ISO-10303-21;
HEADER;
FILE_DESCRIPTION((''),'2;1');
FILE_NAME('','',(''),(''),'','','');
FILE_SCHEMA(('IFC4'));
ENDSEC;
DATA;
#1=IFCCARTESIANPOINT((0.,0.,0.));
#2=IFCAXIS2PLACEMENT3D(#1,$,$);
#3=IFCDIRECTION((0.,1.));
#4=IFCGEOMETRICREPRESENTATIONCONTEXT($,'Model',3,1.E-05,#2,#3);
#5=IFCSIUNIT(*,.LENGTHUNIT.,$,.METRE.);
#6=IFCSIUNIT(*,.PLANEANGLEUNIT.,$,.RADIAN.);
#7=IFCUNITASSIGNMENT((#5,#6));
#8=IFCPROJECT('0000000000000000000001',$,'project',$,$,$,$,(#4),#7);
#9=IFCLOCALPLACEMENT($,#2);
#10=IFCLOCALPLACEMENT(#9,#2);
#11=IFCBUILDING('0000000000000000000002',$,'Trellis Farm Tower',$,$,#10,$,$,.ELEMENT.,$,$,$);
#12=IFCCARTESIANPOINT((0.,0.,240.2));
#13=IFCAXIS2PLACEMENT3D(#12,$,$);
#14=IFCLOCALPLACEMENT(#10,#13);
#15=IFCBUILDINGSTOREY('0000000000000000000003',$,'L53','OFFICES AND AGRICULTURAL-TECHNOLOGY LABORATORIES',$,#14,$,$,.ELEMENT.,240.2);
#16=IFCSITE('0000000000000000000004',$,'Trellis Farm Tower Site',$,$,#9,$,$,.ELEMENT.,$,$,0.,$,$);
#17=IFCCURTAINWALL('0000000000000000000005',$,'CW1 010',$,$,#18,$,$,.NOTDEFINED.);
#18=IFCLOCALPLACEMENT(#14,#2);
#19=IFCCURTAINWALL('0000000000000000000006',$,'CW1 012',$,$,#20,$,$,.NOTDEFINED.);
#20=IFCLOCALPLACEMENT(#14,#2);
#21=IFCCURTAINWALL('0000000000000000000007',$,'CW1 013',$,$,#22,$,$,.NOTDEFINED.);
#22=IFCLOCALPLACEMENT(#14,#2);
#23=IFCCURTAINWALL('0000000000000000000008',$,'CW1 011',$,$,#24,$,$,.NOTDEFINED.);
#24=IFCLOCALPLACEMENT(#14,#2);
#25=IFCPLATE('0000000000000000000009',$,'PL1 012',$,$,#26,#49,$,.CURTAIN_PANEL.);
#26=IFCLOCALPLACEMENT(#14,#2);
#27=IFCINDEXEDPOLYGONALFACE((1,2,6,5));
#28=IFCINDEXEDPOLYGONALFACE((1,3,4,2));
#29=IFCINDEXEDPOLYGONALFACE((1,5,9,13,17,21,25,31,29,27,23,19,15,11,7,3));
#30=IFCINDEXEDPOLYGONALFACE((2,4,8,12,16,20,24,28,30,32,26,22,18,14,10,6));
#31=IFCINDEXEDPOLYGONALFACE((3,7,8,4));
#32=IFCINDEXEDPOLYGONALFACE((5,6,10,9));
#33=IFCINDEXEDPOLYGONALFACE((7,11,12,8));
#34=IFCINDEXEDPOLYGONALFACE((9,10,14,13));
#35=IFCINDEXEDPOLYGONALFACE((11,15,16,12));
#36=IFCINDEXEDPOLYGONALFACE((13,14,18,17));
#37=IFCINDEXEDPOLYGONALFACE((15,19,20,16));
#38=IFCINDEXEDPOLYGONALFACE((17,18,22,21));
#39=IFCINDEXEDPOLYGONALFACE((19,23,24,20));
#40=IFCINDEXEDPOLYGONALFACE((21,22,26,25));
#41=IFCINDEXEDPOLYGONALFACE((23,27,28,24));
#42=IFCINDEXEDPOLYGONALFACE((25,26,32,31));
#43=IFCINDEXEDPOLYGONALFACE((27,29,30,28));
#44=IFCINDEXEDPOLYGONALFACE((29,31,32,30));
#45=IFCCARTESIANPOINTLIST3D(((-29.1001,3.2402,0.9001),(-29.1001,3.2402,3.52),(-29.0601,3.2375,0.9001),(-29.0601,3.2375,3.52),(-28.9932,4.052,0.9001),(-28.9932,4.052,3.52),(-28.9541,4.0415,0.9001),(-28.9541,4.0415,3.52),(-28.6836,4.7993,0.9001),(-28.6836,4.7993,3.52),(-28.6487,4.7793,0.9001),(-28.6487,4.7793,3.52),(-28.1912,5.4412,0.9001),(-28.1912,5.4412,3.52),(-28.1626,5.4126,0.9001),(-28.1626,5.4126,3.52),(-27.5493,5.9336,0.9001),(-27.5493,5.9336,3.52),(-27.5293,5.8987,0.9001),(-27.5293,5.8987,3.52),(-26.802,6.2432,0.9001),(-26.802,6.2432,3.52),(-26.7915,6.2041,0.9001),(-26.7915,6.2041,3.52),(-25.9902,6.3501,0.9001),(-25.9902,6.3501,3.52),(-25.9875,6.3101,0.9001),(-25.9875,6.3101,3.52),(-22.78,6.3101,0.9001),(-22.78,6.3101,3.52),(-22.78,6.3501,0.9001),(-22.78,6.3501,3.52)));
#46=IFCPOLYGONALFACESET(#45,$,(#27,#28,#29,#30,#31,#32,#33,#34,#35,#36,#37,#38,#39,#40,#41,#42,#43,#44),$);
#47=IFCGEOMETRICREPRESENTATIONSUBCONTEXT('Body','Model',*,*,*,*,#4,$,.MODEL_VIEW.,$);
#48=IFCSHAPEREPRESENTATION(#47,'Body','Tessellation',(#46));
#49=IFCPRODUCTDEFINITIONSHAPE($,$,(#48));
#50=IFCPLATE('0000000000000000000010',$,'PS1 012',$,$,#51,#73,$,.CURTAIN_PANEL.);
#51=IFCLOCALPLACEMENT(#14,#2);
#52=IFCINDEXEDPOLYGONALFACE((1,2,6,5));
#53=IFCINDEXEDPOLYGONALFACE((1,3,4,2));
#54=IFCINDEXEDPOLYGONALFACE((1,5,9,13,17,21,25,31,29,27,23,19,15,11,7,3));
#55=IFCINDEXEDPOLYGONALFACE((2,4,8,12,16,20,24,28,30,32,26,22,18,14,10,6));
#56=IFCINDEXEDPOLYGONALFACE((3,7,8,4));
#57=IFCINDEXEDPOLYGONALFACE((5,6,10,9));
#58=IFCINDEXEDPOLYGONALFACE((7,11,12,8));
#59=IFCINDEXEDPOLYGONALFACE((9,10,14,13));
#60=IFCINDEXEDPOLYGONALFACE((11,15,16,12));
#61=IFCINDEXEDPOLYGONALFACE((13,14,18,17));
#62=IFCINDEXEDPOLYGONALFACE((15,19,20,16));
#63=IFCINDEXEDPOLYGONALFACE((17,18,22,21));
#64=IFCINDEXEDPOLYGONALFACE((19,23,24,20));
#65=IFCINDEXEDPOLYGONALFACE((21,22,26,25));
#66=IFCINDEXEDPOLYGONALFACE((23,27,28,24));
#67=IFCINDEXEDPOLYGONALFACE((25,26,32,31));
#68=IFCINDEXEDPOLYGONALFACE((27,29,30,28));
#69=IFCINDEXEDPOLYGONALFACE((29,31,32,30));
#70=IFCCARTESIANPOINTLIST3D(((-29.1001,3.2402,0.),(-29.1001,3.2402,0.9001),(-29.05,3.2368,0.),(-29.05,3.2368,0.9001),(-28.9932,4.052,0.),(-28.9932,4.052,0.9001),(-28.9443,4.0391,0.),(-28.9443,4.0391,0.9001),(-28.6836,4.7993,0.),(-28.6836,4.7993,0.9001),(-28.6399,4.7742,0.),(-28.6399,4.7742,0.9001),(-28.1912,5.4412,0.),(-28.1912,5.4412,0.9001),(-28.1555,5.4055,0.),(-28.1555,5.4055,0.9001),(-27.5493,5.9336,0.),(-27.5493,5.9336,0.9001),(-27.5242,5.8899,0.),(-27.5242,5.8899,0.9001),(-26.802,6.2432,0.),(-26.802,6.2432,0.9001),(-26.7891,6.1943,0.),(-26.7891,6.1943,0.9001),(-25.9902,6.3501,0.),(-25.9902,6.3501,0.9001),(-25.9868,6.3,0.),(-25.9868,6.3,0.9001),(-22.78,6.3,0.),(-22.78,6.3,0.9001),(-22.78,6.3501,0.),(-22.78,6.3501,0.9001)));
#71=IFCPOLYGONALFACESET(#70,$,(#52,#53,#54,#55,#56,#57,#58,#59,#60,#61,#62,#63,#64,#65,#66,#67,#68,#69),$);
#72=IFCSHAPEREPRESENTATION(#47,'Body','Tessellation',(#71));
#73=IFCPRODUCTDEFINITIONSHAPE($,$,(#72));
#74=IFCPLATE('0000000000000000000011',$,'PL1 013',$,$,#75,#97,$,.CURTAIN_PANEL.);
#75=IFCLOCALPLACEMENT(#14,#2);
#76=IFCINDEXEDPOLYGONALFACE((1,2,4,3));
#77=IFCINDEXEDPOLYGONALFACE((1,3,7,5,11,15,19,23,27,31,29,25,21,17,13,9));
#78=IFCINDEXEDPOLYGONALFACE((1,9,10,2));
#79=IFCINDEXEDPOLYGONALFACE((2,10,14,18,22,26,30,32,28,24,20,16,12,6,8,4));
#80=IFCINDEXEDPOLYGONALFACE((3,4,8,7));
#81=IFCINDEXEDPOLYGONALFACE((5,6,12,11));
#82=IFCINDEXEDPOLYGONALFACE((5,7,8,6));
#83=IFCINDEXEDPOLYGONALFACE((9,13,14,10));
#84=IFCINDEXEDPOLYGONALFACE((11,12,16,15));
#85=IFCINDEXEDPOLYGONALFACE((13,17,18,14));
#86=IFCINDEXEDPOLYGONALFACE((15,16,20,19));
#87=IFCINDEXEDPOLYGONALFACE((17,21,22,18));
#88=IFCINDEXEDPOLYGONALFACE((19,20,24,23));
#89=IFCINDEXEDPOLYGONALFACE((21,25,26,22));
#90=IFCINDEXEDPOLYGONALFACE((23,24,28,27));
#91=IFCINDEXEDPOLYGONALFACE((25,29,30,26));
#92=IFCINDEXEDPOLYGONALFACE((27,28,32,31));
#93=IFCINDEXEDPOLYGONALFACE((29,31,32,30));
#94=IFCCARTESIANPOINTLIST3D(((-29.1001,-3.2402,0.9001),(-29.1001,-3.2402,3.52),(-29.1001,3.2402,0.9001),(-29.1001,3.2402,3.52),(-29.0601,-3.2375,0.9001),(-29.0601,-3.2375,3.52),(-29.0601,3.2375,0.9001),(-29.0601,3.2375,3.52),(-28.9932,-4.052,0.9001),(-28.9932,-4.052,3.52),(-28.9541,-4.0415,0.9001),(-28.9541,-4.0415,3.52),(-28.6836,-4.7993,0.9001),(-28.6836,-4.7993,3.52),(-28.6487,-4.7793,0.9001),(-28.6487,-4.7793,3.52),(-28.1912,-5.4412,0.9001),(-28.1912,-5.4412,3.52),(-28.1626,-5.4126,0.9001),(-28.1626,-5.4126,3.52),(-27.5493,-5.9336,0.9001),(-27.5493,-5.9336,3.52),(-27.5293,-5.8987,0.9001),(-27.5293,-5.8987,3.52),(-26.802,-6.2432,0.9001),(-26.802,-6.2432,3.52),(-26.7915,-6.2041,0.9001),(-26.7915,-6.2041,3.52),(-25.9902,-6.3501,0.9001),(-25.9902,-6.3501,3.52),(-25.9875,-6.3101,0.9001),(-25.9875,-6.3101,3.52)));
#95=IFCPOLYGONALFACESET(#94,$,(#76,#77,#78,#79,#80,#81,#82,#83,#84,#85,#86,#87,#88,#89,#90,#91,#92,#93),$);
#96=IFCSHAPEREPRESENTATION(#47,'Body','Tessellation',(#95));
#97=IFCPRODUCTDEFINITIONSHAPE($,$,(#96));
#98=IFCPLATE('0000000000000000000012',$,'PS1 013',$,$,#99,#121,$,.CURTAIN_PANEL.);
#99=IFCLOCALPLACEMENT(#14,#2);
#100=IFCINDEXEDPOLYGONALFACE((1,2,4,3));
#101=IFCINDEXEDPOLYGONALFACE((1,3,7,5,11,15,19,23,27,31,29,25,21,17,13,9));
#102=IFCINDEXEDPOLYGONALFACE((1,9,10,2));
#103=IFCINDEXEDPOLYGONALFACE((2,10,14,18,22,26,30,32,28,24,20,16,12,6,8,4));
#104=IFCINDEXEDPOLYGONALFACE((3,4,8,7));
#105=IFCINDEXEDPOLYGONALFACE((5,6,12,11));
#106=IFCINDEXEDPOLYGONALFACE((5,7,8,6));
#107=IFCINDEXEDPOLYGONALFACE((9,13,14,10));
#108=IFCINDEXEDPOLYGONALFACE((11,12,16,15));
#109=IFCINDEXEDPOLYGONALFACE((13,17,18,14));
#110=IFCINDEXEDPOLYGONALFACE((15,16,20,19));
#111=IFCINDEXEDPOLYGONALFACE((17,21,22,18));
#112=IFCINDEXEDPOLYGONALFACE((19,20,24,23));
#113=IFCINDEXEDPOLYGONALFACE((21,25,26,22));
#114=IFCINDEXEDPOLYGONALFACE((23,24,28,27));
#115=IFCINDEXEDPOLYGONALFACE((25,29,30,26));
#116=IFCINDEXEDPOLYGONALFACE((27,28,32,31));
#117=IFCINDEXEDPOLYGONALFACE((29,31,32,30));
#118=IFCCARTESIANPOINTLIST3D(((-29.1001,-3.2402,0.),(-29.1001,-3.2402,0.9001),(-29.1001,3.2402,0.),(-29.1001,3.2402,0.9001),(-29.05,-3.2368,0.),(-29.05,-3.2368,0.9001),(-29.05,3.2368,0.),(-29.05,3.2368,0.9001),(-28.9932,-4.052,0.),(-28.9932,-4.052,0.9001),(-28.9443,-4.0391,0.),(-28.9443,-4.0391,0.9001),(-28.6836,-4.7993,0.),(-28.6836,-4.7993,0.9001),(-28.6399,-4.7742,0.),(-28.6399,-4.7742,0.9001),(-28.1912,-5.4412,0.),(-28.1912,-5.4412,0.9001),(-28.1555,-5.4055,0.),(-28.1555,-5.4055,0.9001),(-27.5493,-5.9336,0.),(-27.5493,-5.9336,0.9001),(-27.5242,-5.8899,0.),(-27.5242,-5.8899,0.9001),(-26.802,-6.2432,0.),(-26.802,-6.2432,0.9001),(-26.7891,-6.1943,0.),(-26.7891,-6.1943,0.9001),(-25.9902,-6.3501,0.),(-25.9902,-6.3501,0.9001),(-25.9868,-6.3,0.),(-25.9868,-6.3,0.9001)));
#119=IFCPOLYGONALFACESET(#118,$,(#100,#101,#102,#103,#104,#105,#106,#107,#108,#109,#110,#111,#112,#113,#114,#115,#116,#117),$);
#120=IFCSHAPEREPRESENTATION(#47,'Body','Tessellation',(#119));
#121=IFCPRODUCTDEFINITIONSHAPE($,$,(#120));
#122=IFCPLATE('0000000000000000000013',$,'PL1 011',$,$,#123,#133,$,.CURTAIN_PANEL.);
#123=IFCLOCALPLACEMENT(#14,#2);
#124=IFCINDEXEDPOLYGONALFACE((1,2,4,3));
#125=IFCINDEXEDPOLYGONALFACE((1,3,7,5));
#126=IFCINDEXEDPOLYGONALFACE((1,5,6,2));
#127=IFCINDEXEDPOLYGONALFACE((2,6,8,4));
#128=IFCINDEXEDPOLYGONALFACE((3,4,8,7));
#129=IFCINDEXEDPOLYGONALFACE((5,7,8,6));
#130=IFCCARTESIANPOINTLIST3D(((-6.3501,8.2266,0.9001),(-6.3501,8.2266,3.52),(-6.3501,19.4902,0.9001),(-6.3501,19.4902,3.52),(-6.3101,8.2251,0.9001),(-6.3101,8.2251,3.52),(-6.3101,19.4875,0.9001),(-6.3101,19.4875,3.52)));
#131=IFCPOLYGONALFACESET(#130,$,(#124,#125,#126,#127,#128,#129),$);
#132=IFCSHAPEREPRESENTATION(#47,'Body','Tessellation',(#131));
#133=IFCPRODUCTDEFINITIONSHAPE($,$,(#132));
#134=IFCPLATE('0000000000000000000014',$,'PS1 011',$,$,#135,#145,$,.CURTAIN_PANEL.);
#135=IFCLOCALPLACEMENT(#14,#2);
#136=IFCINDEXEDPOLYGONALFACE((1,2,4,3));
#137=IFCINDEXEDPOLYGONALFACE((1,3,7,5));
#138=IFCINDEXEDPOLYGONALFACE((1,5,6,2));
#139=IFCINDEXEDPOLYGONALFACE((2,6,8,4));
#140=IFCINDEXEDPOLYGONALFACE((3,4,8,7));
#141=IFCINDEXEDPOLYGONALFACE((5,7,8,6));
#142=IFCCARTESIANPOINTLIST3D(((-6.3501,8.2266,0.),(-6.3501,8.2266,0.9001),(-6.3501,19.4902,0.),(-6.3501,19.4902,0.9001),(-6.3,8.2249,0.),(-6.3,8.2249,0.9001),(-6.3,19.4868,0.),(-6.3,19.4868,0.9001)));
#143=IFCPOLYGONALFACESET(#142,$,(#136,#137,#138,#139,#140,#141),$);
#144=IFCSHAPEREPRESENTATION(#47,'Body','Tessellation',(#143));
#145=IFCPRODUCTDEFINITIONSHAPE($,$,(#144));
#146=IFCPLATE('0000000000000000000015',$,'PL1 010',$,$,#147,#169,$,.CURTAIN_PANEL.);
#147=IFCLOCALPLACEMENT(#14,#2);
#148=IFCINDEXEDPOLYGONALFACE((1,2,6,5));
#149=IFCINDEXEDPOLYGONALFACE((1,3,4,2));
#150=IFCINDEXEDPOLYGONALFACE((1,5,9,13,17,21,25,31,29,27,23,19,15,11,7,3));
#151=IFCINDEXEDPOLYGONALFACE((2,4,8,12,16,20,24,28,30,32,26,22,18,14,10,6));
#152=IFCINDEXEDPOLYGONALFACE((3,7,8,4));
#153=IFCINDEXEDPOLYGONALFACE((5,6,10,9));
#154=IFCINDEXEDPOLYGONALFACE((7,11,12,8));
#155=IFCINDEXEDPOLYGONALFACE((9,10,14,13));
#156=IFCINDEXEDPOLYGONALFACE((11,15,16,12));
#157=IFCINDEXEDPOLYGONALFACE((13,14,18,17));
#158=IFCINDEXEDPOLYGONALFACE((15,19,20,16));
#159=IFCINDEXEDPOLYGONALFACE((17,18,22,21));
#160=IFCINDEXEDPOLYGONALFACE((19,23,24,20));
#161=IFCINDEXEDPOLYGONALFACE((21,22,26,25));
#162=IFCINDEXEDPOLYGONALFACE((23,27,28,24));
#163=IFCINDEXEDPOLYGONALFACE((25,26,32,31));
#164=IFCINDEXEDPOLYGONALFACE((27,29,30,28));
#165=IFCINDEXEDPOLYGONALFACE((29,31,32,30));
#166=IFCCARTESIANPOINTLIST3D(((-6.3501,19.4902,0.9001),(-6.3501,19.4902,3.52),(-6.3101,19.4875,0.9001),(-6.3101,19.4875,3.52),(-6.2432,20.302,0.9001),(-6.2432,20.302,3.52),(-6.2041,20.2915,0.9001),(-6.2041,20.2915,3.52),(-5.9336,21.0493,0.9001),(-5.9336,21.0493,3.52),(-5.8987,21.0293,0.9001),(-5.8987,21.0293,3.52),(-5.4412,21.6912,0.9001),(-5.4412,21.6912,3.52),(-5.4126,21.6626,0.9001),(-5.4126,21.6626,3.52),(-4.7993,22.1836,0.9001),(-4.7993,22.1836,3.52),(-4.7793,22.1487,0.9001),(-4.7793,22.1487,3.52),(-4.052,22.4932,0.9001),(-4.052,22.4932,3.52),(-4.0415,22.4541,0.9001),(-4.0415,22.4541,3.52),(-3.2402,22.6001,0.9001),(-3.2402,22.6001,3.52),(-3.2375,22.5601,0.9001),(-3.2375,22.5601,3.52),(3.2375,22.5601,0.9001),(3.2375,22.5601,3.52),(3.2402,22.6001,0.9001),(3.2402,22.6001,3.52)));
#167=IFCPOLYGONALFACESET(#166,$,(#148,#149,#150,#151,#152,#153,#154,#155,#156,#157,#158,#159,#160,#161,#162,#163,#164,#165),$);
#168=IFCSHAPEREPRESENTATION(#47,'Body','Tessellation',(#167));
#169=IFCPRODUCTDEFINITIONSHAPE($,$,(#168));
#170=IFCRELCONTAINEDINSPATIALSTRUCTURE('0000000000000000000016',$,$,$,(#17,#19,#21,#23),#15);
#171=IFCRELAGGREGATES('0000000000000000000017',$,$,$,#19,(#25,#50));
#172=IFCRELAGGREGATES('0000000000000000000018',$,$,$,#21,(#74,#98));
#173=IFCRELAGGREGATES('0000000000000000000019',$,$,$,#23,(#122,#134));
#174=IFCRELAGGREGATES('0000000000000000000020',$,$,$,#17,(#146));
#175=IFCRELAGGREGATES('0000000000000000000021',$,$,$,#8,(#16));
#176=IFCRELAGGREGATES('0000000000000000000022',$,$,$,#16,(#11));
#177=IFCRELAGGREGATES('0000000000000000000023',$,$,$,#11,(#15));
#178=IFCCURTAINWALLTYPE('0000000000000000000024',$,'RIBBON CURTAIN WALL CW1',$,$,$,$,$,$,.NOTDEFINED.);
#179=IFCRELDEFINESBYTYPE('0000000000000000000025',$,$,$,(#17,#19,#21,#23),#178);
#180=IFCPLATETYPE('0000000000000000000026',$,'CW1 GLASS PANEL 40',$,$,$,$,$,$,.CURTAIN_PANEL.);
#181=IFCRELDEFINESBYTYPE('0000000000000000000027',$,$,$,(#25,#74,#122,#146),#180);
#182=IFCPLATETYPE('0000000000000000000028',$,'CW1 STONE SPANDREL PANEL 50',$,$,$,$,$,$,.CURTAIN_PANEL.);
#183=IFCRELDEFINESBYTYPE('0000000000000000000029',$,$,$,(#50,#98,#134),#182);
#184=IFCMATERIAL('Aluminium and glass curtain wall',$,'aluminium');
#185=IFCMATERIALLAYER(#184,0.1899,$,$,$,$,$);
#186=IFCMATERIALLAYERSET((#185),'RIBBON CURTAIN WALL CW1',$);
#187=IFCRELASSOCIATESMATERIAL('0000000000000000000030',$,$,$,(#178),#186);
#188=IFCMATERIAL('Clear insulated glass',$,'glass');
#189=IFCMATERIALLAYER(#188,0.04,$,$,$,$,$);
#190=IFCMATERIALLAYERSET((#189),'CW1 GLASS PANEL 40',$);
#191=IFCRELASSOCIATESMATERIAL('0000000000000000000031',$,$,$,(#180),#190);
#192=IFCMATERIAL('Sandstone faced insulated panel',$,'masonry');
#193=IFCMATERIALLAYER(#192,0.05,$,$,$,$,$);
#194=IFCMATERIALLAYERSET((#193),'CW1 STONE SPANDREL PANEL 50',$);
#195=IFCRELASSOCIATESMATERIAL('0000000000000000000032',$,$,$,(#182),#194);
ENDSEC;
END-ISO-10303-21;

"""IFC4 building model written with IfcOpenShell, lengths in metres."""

from ifc_helpers import new_model, si_unit, direction, frame, origin, place, context, subcontext, project, spatial, polyline, outline, extrude, source, transform, mapped, material, layer, layer_set, type_object, element, aggregate, save


model = new_model("IFC4")

# Units and contexts
model_context = context("Model", 3, precision=1e-05, world=origin(), true_north=direction((0.0, 1.0)))
body_context = subcontext(model_context, "Body", "Model", "MODEL_VIEW")
ifc_project = project(units=[si_unit("LENGTHUNIT", "METRE"), si_unit("PLANEANGLEUNIT", "RADIAN")], contexts=[model_context])

# Site, building, storey
site_placement = place(None, origin())
site = spatial("IfcSite", under=ifc_project, at=site_placement, Name="Trellis Farm Tower Site", CompositionType="ELEMENT", RefElevation=0.0)
building_placement = place(site_placement, origin())
building = spatial("IfcBuilding", under=site, at=building_placement, Name="Trellis Farm Tower", CompositionType="ELEMENT")
storey_placement = place(building_placement, frame((0.0, 0.0, 240.2)))
storey = spatial("IfcBuildingStorey", under=building, at=storey_placement, Name="L53", Description="OFFICES AND AGRICULTURAL-TECHNOLOGY LABORATORIES", CompositionType="ELEMENT", Elevation=240.2)

# Curtain walls
ifc_material_1 = material(Name="Aluminium and glass curtain wall", Category="aluminium")
placement_1 = place(storey_placement, origin())
ifc_layer_1 = layer(ifc_material_1, 0.1899)
ifc_layer_set_1 = layer_set([ifc_layer_1], Name="RIBBON CURTAIN WALL CW1")
curtain_wall_type_1 = type_object("IfcCurtainWallType", Name="RIBBON CURTAIN WALL CW1", PredefinedType="NOTDEFINED", material=ifc_layer_set_1)
curtain_wall_1 = element("IfcCurtainWall", 1, at=placement_1, inside=storey, type_object=curtain_wall_type_1, Name="CW1 010", PredefinedType="NOTDEFINED")
curtain_wall_2 = element("IfcCurtainWall", 2, at=placement_1, inside=storey, type_object=curtain_wall_type_1, Name="CW1 012", PredefinedType="NOTDEFINED")
curtain_wall_3 = element("IfcCurtainWall", 3, at=placement_1, inside=storey, type_object=curtain_wall_type_1, Name="CW1 013", PredefinedType="NOTDEFINED")

# Curtain wall
curtain_wall_4 = element("IfcCurtainWall", 4, at=placement_1, inside=storey, type_object=curtain_wall_type_1, Name="CW1 011", PredefinedType="NOTDEFINED")

# Plates
ifc_material_2 = material(Name="Clear insulated glass", Category="glass")
ifc_layer_2 = layer(ifc_material_2, 0.04)
ifc_layer_set_2 = layer_set([ifc_layer_2], Name="CW1 GLASS PANEL 40")
plate_type_1 = type_object("IfcPlateType", Name="CW1 GLASS PANEL 40", PredefinedType="CURTAIN_PANEL", material=ifc_layer_set_2)
shared_shape_1 = source(origin(), body_context, "Body", "SweptSolid", [
    extrude(outline(polyline([(-22.78, 6.3501), (-25.9902, 6.3501), (-26.802, 6.2432), (-27.5493, 5.9336), (-28.1912, 5.4412), (-28.6836, 4.7993), (-28.9932, 4.052), (-29.1001, 3.2402), (-29.0601, 3.2375), (-28.9541, 4.0415), (-28.6487, 4.7793), (-28.1626, 5.4126), (-27.5293, 5.8987), (-26.7915, 6.2041), (-25.9875, 6.3101), (-22.78, 6.3101), (-22.78, 6.3501)])), origin(), (0.0, 0.0, 1.0), 2.6199),
])
placement_2 = place(storey_placement, frame((0.0, 0.0, 0.9001)))
plate_1 = element("IfcPlate", 5, at=placement_2, type_object=plate_type_1, Name="PL1 012", PredefinedType="CURTAIN_PANEL", context=body_context, shape_type="MappedRepresentation", body=[
    mapped(shared_shape_1, transform((0.0, 0.0, 0.0))),
])
ifc_material_3 = material(Name="Sandstone faced insulated panel", Category="masonry")
ifc_layer_3 = layer(ifc_material_3, 0.05)
ifc_layer_set_3 = layer_set([ifc_layer_3], Name="CW1 STONE SPANDREL PANEL 50")
plate_type_2 = type_object("IfcPlateType", Name="CW1 STONE SPANDREL PANEL 50", PredefinedType="CURTAIN_PANEL", material=ifc_layer_set_3)
shared_shape_2 = source(origin(), body_context, "Body", "SweptSolid", [
    extrude(outline(polyline([(-22.78, 6.3501), (-25.9902, 6.3501), (-26.802, 6.2432), (-27.5493, 5.9336), (-28.1912, 5.4412), (-28.6836, 4.7993), (-28.9932, 4.052), (-29.1001, 3.2402), (-29.05, 3.2368), (-28.9443, 4.0391), (-28.6399, 4.7742), (-28.1555, 5.4055), (-27.5242, 5.8899), (-26.7891, 6.1943), (-25.9868, 6.3), (-22.78, 6.3), (-22.78, 6.3501)])), origin(), (0.0, 0.0, 1.0), 0.9001),
])
plate_2 = element("IfcPlate", 6, at=placement_1, type_object=plate_type_2, Name="PS1 012", PredefinedType="CURTAIN_PANEL", context=body_context, shape_type="MappedRepresentation", body=[
    mapped(shared_shape_2, transform((0.0, 0.0, 0.0))),
])
aggregate(curtain_wall_2, [plate_1, plate_2])
shared_shape_3 = source(origin(), body_context, "Body", "SweptSolid", [
    extrude(outline(polyline([(-29.1001, 3.2402), (-29.1001, -3.2402), (-28.9932, -4.052), (-28.6836, -4.7993), (-28.1912, -5.4412), (-27.5493, -5.9336), (-26.802, -6.2432), (-25.9902, -6.3501), (-25.9875, -6.3101), (-26.7915, -6.2041), (-27.5293, -5.8987), (-28.1626, -5.4126), (-28.6487, -4.7793), (-28.9541, -4.0415), (-29.0601, -3.2375), (-29.0601, 3.2375), (-29.1001, 3.2402)])), origin(), (0.0, 0.0, 1.0), 2.6199),
])
plate_3 = element("IfcPlate", 7, at=placement_2, type_object=plate_type_1, Name="PL1 013", PredefinedType="CURTAIN_PANEL", context=body_context, shape_type="MappedRepresentation", body=[
    mapped(shared_shape_3, transform((0.0, 0.0, 0.0))),
])
shared_shape_4 = source(origin(), body_context, "Body", "SweptSolid", [
    extrude(outline(polyline([(-29.1001, 3.2402), (-29.1001, -3.2402), (-28.9932, -4.052), (-28.6836, -4.7993), (-28.1912, -5.4412), (-27.5493, -5.9336), (-26.802, -6.2432), (-25.9902, -6.3501), (-25.9868, -6.3), (-26.7891, -6.1943), (-27.5242, -5.8899), (-28.1555, -5.4055), (-28.6399, -4.7742), (-28.9443, -4.0391), (-29.05, -3.2368), (-29.05, 3.2368), (-29.1001, 3.2402)])), origin(), (0.0, 0.0, 1.0), 0.9001),
])
plate_4 = element("IfcPlate", 8, at=placement_1, type_object=plate_type_2, Name="PS1 013", PredefinedType="CURTAIN_PANEL", context=body_context, shape_type="MappedRepresentation", body=[
    mapped(shared_shape_4, transform((0.0, 0.0, 0.0))),
])
aggregate(curtain_wall_3, [plate_3, plate_4])
shared_shape_5 = source(origin(), body_context, "Body", "SweptSolid", [
    extrude(outline(polyline([(-6.3501, 19.4902), (-6.3501, 8.2266), (-6.3101, 8.2251), (-6.3101, 19.4875), (-6.3501, 19.4902)])), origin(), (0.0, 0.0, 1.0), 2.6199),
])
plate_5 = element("IfcPlate", 9, at=placement_2, type_object=plate_type_1, Name="PL1 011", PredefinedType="CURTAIN_PANEL", context=body_context, shape_type="MappedRepresentation", body=[
    mapped(shared_shape_5, transform((0.0, 0.0, 0.0))),
])
shared_shape_6 = source(origin(), body_context, "Body", "SweptSolid", [
    extrude(outline(polyline([(-6.3501, 19.4902), (-6.3501, 8.2266), (-6.3, 8.2249), (-6.3, 19.4868), (-6.3501, 19.4902)])), origin(), (0.0, 0.0, 1.0), 0.9001),
])
plate_6 = element("IfcPlate", 10, at=placement_1, type_object=plate_type_2, Name="PS1 011", PredefinedType="CURTAIN_PANEL", context=body_context, shape_type="MappedRepresentation", body=[
    mapped(shared_shape_6, transform((0.0, 0.0, 0.0))),
])
aggregate(curtain_wall_4, [plate_5, plate_6])
shared_shape_7 = source(origin(), body_context, "Body", "SweptSolid", [
    extrude(outline(polyline([(3.2402, 22.6001), (-3.2402, 22.6001), (-4.052, 22.4932), (-4.7993, 22.1836), (-5.4412, 21.6912), (-5.9336, 21.0493), (-6.2432, 20.302), (-6.3501, 19.4902), (-6.3101, 19.4875), (-6.2041, 20.2915), (-5.8987, 21.0293), (-5.4126, 21.6626), (-4.7793, 22.1487), (-4.0415, 22.4541), (-3.2375, 22.5601), (3.2375, 22.5601), (3.2402, 22.6001)])), origin(), (0.0, 0.0, 1.0), 2.6199),
])
plate_7 = element("IfcPlate", 11, at=placement_2, type_object=plate_type_1, Name="PL1 010", PredefinedType="CURTAIN_PANEL", context=body_context, shape_type="MappedRepresentation", body=[
    mapped(shared_shape_7, transform((0.0, 0.0, 0.0))),
])
aggregate(curtain_wall_1, [plate_7])

save(model, "model.ifc")
